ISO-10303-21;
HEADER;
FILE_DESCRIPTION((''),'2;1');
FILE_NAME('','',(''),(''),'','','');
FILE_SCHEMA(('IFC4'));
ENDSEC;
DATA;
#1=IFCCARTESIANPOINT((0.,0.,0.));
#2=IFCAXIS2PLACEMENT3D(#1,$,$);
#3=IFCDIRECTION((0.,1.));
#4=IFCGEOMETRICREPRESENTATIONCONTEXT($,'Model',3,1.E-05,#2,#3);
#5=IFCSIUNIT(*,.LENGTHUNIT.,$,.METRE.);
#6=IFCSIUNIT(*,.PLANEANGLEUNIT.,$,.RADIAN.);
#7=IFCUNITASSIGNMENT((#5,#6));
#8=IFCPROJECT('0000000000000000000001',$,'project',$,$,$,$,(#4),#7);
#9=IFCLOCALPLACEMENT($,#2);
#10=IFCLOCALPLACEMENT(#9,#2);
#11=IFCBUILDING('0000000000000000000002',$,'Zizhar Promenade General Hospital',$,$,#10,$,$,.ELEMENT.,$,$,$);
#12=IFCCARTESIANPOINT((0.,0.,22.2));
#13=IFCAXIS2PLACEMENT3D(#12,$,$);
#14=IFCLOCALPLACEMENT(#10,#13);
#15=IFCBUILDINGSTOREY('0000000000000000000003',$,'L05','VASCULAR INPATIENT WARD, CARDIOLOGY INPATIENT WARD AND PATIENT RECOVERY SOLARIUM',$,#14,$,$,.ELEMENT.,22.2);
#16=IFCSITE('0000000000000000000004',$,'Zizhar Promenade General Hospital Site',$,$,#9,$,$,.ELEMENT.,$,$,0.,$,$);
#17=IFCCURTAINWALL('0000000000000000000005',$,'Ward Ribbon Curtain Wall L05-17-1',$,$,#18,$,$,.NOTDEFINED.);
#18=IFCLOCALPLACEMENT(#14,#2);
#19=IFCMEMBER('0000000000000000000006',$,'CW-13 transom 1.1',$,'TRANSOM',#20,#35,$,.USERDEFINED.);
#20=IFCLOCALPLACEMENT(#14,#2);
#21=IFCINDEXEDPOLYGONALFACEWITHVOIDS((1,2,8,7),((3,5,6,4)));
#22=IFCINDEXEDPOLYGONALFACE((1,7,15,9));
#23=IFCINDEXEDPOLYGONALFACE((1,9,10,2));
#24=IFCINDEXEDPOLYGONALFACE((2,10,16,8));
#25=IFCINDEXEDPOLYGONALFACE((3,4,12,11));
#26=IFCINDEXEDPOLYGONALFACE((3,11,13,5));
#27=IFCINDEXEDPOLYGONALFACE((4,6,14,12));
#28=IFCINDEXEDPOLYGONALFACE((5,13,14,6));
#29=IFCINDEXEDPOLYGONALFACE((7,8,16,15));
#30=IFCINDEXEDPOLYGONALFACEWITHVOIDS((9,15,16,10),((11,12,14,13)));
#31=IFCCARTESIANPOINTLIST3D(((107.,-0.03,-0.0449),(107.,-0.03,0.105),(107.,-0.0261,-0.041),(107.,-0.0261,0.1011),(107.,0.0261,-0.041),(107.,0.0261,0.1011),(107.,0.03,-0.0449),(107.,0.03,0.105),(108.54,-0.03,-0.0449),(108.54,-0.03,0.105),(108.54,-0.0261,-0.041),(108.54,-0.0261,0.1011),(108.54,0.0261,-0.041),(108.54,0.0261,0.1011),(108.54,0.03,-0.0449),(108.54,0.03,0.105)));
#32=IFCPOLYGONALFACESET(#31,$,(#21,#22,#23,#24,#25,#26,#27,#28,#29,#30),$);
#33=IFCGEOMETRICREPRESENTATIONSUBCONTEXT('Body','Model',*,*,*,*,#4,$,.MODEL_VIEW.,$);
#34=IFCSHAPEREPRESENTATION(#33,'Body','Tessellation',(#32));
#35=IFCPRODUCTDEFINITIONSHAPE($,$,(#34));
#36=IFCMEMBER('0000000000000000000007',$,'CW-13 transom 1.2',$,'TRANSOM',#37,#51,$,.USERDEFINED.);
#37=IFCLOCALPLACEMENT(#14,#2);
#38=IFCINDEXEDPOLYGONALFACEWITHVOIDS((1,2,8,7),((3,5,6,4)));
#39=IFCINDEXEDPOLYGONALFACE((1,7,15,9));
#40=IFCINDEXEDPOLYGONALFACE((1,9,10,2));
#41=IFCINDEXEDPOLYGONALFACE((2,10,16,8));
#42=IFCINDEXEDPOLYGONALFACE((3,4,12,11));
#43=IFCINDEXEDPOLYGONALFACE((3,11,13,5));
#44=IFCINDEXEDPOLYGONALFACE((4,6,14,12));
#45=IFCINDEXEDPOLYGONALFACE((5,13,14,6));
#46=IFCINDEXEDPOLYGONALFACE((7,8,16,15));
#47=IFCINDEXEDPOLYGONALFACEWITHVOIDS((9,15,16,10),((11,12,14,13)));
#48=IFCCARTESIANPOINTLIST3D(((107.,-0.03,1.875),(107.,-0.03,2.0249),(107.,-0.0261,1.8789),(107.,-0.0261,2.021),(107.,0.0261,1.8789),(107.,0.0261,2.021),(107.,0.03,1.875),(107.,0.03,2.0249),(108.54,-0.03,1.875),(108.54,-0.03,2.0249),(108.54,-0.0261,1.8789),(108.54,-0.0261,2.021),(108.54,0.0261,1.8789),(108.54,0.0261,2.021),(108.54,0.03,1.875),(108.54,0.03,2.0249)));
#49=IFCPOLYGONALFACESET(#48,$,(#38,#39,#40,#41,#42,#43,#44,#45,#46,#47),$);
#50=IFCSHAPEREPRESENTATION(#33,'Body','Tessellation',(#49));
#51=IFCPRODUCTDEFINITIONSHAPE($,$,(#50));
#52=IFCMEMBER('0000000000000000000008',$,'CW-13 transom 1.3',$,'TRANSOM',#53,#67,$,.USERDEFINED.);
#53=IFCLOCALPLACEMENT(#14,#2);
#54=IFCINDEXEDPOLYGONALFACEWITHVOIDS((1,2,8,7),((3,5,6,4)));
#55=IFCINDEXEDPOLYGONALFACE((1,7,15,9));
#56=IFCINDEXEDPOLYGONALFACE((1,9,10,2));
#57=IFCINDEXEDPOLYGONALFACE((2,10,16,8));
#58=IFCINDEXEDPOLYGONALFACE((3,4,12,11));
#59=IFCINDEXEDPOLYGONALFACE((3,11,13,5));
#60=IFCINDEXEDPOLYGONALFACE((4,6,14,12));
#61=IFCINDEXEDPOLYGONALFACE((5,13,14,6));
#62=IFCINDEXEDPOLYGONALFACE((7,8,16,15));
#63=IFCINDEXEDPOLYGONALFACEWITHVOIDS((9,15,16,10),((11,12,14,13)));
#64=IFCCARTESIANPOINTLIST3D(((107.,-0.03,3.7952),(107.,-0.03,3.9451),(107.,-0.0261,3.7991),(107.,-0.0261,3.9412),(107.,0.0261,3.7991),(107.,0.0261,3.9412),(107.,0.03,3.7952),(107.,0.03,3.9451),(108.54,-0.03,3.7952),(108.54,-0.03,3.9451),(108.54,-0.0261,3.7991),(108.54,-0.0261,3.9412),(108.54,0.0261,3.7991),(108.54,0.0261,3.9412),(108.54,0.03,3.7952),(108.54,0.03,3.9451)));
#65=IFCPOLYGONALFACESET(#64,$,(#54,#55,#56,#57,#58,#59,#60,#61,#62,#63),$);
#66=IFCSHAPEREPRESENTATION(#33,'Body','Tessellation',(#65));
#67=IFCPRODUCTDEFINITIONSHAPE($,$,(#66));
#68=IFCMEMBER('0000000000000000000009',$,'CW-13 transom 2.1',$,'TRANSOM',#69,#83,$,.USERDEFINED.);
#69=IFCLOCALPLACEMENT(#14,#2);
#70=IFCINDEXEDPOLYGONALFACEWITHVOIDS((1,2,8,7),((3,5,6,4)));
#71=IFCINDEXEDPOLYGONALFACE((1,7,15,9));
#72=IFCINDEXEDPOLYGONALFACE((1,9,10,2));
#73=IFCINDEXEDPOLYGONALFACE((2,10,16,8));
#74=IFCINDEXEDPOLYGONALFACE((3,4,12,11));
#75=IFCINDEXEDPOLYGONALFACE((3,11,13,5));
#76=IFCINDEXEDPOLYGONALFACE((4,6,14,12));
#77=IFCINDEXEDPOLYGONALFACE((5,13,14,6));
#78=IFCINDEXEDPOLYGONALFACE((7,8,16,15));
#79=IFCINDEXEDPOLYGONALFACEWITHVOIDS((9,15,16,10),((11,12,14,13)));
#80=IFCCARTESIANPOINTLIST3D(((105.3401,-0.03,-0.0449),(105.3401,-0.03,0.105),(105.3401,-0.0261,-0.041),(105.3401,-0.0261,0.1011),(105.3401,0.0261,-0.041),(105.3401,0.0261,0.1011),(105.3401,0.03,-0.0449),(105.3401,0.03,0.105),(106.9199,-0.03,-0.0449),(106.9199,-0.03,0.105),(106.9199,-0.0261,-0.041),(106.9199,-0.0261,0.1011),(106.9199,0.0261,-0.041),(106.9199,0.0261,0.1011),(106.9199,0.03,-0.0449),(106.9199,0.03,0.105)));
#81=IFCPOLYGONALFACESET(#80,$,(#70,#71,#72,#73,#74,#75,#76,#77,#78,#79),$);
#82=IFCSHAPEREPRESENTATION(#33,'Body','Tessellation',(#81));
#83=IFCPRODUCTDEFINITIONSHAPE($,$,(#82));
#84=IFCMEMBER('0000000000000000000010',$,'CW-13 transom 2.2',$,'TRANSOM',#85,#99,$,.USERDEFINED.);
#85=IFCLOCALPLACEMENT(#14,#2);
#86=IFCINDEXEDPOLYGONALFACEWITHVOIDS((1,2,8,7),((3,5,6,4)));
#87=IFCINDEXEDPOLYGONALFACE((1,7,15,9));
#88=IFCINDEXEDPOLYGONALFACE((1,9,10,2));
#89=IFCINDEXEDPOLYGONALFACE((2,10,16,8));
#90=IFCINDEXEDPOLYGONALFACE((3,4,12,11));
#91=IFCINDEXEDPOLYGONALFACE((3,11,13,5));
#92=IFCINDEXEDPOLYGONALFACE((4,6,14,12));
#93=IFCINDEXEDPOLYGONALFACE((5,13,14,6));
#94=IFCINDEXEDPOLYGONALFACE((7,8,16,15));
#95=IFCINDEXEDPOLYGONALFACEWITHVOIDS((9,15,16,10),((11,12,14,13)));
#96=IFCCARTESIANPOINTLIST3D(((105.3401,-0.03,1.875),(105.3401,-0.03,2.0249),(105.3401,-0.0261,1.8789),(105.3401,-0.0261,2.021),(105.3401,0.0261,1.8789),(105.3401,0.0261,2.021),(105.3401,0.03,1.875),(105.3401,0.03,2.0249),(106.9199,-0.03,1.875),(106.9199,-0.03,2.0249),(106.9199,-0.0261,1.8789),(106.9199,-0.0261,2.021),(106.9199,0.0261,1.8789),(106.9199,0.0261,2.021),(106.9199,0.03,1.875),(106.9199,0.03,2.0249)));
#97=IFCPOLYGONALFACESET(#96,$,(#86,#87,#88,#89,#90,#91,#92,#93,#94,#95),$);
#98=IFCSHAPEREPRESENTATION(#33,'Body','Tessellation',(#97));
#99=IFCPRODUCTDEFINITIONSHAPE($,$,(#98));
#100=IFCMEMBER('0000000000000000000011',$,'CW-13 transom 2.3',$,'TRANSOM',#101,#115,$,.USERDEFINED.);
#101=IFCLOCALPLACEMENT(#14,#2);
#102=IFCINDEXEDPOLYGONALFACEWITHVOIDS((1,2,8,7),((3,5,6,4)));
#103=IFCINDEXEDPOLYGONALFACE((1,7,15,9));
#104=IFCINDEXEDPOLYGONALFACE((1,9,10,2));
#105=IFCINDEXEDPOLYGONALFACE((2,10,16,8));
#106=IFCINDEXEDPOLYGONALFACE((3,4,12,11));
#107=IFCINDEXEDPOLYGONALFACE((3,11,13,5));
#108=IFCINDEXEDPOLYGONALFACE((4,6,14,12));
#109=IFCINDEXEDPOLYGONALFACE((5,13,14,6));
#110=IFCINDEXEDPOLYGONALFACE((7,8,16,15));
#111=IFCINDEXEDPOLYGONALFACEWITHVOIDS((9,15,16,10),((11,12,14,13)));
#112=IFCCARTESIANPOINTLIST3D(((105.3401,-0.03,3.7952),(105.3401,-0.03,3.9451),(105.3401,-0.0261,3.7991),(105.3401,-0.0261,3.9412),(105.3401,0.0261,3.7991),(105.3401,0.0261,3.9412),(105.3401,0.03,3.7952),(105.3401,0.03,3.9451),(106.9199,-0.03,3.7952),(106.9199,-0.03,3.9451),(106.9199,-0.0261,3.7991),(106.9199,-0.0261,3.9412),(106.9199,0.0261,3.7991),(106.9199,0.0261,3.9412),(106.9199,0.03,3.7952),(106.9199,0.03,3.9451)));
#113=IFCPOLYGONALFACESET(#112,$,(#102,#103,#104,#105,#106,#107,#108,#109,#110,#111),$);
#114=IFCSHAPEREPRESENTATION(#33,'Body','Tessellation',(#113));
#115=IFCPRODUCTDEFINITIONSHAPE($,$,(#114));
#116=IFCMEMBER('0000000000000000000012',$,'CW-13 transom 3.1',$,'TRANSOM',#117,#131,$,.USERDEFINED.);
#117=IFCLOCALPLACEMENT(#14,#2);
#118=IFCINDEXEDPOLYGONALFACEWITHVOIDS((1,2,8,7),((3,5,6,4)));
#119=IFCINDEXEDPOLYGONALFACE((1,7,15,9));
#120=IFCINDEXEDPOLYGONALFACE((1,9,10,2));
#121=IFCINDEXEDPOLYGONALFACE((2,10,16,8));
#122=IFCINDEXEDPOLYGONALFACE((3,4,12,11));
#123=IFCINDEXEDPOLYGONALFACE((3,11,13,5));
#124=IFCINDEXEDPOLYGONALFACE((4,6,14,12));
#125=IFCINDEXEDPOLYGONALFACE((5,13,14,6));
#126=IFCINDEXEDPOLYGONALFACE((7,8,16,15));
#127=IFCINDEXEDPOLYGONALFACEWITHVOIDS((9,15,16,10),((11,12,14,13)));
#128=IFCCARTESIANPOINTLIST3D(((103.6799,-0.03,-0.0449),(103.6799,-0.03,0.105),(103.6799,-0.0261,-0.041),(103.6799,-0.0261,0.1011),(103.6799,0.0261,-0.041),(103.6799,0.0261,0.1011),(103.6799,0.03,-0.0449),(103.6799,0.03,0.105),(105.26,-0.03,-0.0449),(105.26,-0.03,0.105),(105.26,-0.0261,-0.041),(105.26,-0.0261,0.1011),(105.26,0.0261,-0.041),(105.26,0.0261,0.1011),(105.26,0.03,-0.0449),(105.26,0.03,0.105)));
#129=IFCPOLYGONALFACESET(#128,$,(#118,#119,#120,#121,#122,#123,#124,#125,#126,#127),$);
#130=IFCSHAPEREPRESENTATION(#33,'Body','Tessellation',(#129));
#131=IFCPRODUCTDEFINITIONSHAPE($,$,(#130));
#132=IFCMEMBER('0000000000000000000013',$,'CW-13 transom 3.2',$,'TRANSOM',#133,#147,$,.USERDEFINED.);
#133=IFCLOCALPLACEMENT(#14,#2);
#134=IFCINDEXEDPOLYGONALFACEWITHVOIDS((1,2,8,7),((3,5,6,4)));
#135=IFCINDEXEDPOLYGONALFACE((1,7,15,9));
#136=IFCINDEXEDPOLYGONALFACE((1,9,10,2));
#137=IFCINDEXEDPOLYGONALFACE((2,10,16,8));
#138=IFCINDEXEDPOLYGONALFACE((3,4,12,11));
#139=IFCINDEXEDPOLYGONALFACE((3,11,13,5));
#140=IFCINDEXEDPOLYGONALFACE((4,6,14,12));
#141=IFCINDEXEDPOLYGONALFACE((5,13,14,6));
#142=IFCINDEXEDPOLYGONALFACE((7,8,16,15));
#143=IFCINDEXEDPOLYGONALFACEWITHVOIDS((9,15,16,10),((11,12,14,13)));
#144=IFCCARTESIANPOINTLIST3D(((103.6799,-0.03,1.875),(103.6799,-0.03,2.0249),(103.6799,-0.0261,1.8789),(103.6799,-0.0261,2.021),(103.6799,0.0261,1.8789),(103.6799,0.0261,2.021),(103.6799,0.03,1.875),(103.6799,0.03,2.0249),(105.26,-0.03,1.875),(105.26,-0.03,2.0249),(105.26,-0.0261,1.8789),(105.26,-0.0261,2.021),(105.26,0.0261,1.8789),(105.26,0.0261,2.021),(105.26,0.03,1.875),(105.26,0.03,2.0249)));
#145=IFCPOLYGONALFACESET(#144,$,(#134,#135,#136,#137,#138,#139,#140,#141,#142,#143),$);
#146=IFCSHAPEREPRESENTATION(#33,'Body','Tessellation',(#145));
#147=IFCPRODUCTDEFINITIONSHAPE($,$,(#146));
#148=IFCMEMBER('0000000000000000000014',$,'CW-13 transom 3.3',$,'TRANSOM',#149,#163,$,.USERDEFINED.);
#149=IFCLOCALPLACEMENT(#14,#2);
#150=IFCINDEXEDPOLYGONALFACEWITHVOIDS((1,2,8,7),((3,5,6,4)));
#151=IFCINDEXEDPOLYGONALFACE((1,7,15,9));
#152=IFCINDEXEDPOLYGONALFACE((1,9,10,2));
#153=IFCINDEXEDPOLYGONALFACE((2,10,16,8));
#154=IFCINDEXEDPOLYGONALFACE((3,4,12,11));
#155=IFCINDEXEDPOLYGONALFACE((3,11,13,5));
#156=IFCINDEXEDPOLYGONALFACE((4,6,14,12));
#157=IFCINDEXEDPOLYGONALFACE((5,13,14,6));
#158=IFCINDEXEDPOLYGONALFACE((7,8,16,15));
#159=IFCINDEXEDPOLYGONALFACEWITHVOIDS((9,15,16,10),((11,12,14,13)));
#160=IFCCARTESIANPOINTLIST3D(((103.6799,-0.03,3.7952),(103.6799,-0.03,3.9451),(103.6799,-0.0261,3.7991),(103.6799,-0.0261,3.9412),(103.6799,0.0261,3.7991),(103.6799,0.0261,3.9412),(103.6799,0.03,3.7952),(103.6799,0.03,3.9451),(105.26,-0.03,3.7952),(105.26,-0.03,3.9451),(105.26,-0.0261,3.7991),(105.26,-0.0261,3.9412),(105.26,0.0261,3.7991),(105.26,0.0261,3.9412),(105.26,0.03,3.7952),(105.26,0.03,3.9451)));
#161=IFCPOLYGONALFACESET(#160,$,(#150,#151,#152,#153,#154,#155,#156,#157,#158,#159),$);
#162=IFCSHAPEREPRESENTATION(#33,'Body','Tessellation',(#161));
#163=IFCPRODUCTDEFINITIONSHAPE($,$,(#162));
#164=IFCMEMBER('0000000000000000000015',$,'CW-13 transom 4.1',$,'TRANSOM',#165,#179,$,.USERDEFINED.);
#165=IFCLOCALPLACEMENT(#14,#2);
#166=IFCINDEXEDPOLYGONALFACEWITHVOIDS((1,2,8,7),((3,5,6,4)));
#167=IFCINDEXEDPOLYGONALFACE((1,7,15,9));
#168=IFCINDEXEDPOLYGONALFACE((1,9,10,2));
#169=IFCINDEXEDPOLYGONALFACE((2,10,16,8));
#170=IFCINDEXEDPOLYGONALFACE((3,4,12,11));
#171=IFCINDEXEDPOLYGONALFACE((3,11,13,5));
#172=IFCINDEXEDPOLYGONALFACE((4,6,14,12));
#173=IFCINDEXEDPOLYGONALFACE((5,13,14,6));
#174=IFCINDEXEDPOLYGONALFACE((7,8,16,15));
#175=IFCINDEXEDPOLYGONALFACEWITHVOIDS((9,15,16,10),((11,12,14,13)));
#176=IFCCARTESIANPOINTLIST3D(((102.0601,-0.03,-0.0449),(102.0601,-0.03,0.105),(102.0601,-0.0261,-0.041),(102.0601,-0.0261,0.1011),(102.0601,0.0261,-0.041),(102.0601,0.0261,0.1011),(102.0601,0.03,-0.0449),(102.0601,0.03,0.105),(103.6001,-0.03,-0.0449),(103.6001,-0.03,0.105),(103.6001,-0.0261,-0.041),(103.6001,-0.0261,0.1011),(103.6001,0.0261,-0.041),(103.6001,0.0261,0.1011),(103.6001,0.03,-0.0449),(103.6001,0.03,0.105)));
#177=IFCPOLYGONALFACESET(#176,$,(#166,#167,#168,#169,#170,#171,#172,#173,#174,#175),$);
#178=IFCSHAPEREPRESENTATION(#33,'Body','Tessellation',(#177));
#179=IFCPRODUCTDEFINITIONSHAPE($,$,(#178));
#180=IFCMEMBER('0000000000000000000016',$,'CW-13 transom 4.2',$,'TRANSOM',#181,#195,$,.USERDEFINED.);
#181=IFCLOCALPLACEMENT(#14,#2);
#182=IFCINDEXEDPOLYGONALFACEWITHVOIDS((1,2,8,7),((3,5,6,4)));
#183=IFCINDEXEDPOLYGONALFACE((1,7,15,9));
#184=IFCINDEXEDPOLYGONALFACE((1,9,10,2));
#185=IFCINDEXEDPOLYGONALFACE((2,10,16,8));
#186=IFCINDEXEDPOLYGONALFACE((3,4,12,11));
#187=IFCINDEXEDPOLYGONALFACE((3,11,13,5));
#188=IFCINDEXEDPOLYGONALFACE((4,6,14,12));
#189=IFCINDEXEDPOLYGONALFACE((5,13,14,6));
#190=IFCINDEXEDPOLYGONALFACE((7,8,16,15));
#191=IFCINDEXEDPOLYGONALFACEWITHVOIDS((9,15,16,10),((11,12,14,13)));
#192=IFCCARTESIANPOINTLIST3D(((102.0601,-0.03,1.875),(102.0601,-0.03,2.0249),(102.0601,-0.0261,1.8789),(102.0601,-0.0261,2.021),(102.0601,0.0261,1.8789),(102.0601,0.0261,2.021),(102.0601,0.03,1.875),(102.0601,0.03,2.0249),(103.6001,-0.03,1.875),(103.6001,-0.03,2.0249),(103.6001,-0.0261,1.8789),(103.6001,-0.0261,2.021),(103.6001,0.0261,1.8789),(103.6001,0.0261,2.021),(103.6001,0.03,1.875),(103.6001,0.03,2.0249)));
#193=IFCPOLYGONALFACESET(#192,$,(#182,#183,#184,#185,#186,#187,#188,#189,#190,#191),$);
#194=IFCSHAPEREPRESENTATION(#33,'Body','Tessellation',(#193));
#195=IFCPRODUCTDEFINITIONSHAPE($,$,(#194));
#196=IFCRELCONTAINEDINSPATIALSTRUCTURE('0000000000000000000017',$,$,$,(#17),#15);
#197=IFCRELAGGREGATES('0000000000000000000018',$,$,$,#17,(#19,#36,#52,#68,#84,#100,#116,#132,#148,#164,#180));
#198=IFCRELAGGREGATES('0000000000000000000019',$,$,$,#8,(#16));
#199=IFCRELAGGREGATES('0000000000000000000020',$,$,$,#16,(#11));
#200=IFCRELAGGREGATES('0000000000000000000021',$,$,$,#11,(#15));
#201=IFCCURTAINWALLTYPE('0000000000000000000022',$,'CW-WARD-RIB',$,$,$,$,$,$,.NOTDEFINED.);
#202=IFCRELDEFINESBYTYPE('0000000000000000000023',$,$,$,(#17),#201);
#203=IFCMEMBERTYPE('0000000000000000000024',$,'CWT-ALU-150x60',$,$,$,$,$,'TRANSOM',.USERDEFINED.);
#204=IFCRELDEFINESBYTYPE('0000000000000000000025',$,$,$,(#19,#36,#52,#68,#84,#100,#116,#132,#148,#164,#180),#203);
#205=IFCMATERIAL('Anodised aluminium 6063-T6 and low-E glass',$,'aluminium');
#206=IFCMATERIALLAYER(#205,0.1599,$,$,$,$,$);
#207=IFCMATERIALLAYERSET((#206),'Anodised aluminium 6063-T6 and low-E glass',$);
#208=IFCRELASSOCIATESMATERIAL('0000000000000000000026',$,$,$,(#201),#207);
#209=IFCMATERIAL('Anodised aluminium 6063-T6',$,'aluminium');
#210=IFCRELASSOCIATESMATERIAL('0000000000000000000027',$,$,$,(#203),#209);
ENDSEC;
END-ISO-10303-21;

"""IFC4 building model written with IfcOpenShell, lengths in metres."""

from ifc_helpers import new_model, si_unit, direction, frame, origin, origin_2d, place, context, subcontext, project, spatial, hollow_rectangle, extrude, material, layer, layer_set, material_profile, profile_set, type_object, element, aggregate, save


model = new_model("IFC4")

# Units and contexts
model_context = context("Model", 3, precision=1e-05, world=origin(), true_north=direction((0.0, 1.0)))
body_context = subcontext(model_context, "Body", "Model", "MODEL_VIEW")
ifc_project = project(units=[si_unit("LENGTHUNIT", "METRE"), si_unit("PLANEANGLEUNIT", "RADIAN")], contexts=[model_context])

# Site, building, storey
site_placement = place(None, origin())
site = spatial("IfcSite", under=ifc_project, at=site_placement, Name="Zizhar Promenade General Hospital Site", CompositionType="ELEMENT", RefElevation=0.0)
building_placement = place(site_placement, origin())
building = spatial("IfcBuilding", under=site, at=building_placement, Name="Zizhar Promenade General Hospital", CompositionType="ELEMENT")
storey_placement = place(building_placement, frame((0.0, 0.0, 22.2)))
storey = spatial("IfcBuildingStorey", under=building, at=storey_placement, Name="L05", Description="VASCULAR INPATIENT WARD, CARDIOLOGY INPATIENT WARD AND PATIENT RECOVERY SOLARIUM", CompositionType="ELEMENT", Elevation=22.2)

# Curtain wall, members
ifc_material_1 = material(Name="Anodised aluminium 6063-T6 and low-E glass", Category="aluminium")
ifc_layer_1 = layer(ifc_material_1, 0.1599)
ifc_layer_set_1 = layer_set([ifc_layer_1], Name="Anodised aluminium 6063-T6 and low-E glass")
curtain_wall_type = type_object("IfcCurtainWallType", Name="CW-WARD-RIB", PredefinedType="NOTDEFINED", material=ifc_layer_set_1)
curtain_wall_placement = place(storey_placement, origin())
curtain_wall = element("IfcCurtainWall", 1, at=curtain_wall_placement, inside=storey, type_object=curtain_wall_type, Name="Ward Ribbon Curtain Wall L05-17-1", PredefinedType="NOTDEFINED")
ifc_material_2 = material(Name="Anodised aluminium 6063-T6", Category="aluminium")
ifc_material_profile_1 = material_profile(ifc_material_2, hollow_rectangle(XDim=0.0601, YDim=0.1499, WallThickness=0.0039, at=origin_2d()))
ifc_profile_set_1 = profile_set([ifc_material_profile_1], Name="Anodised aluminium 6063-T6")
member_type_1 = type_object("IfcMemberType", Name="CWT-ALU-150x60", ElementType="TRANSOM", PredefinedType="USERDEFINED", material=ifc_profile_set_1)
member_1_placement = place(storey_placement, frame((108.54, 0.0, 0.03), z_axis=(-1.0, 0.0, 0.0), x_axis=(0.0, -1.0, 0.0)))
member_1 = element("IfcMember", 2, at=member_1_placement, type_object=member_type_1, Name="CW-13 transom 1.1", ObjectType="TRANSOM", PredefinedType="USERDEFINED", context=body_context, shape_type="SweptSolid", body=[
    extrude(hollow_rectangle(XDim=0.0601, YDim=0.1499, WallThickness=0.0039, at=origin_2d()), origin(), (0.0, 0.0, 1.0), 1.54),
])
member_2_placement = place(storey_placement, frame((108.54, 0.0, 1.95), z_axis=(-1.0, 0.0, 0.0), x_axis=(0.0, -1.0, 0.0)))
member_2 = element("IfcMember", 3, at=member_2_placement, type_object=member_type_1, Name="CW-13 transom 1.2", ObjectType="TRANSOM", PredefinedType="USERDEFINED", context=body_context, shape_type="SweptSolid", body=[
    extrude(hollow_rectangle(XDim=0.0601, YDim=0.1499, WallThickness=0.0039, at=origin_2d()), origin(), (0.0, 0.0, 1.0), 1.54),
])
member_3_placement = place(storey_placement, frame((108.54, 0.0, 3.8701), z_axis=(-1.0, 0.0, 0.0), x_axis=(0.0, -1.0, 0.0)))
member_3 = element("IfcMember", 4, at=member_3_placement, type_object=member_type_1, Name="CW-13 transom 1.3", ObjectType="TRANSOM", PredefinedType="USERDEFINED", context=body_context, shape_type="SweptSolid", body=[
    extrude(hollow_rectangle(XDim=0.0601, YDim=0.1499, WallThickness=0.0039, at=origin_2d()), origin(), (0.0, 0.0, 1.0), 1.54),
])
member_4_placement = place(storey_placement, frame((106.9199, 0.0, 0.03), z_axis=(-1.0, 0.0, 0.0), x_axis=(0.0, -1.0, 0.0)))
member_4 = element("IfcMember", 5, at=member_4_placement, type_object=member_type_1, Name="CW-13 transom 2.1", ObjectType="TRANSOM", PredefinedType="USERDEFINED", context=body_context, shape_type="SweptSolid", body=[
    extrude(hollow_rectangle(XDim=0.0601, YDim=0.1499, WallThickness=0.0039, at=origin_2d()), origin(), (0.0, 0.0, 1.0), 1.5798),
])
member_5_placement = place(storey_placement, frame((106.9199, 0.0, 1.95), z_axis=(-1.0, 0.0, 0.0), x_axis=(0.0, -1.0, 0.0)))
member_5 = element("IfcMember", 6, at=member_5_placement, type_object=member_type_1, Name="CW-13 transom 2.2", ObjectType="TRANSOM", PredefinedType="USERDEFINED", context=body_context, shape_type="SweptSolid", body=[
    extrude(hollow_rectangle(XDim=0.0601, YDim=0.1499, WallThickness=0.0039, at=origin_2d()), origin(), (0.0, 0.0, 1.0), 1.5798),
])
member_6_placement = place(storey_placement, frame((106.9199, 0.0, 3.8701), z_axis=(-1.0, 0.0, 0.0), x_axis=(0.0, -1.0, 0.0)))
member_6 = element("IfcMember", 7, at=member_6_placement, type_object=member_type_1, Name="CW-13 transom 2.3", ObjectType="TRANSOM", PredefinedType="USERDEFINED", context=body_context, shape_type="SweptSolid", body=[
    extrude(hollow_rectangle(XDim=0.0601, YDim=0.1499, WallThickness=0.0039, at=origin_2d()), origin(), (0.0, 0.0, 1.0), 1.5798),
])
member_7_placement = place(storey_placement, frame((105.26, 0.0, 0.03), z_axis=(-1.0, 0.0, 0.0), x_axis=(0.0, -1.0, 0.0)))
member_7 = element("IfcMember", 8, at=member_7_placement, type_object=member_type_1, Name="CW-13 transom 3.1", ObjectType="TRANSOM", PredefinedType="USERDEFINED", context=body_context, shape_type="SweptSolid", body=[
    extrude(hollow_rectangle(XDim=0.0601, YDim=0.1499, WallThickness=0.0039, at=origin_2d()), origin(), (0.0, 0.0, 1.0), 1.5801),
])
member_8_placement = place(storey_placement, frame((105.26, 0.0, 1.95), z_axis=(-1.0, 0.0, 0.0), x_axis=(0.0, -1.0, 0.0)))
member_8 = element("IfcMember", 9, at=member_8_placement, type_object=member_type_1, Name="CW-13 transom 3.2", ObjectType="TRANSOM", PredefinedType="USERDEFINED", context=body_context, shape_type="SweptSolid", body=[
    extrude(hollow_rectangle(XDim=0.0601, YDim=0.1499, WallThickness=0.0039, at=origin_2d()), origin(), (0.0, 0.0, 1.0), 1.5801),
])
member_9_placement = place(storey_placement, frame((105.26, 0.0, 3.8701), z_axis=(-1.0, 0.0, 0.0), x_axis=(0.0, -1.0, 0.0)))
member_9 = element("IfcMember", 10, at=member_9_placement, type_object=member_type_1, Name="CW-13 transom 3.3", ObjectType="TRANSOM", PredefinedType="USERDEFINED", context=body_context, shape_type="SweptSolid", body=[
    extrude(hollow_rectangle(XDim=0.0601, YDim=0.1499, WallThickness=0.0039, at=origin_2d()), origin(), (0.0, 0.0, 1.0), 1.5801),
])
member_10_placement = place(storey_placement, frame((103.6001, 0.0, 0.03), z_axis=(-1.0, 0.0, 0.0), x_axis=(0.0, -1.0, 0.0)))
member_10 = element("IfcMember", 11, at=member_10_placement, type_object=member_type_1, Name="CW-13 transom 4.1", ObjectType="TRANSOM", PredefinedType="USERDEFINED", context=body_context, shape_type="SweptSolid", body=[
    extrude(hollow_rectangle(XDim=0.0601, YDim=0.1499, WallThickness=0.0039, at=origin_2d()), origin(), (0.0, 0.0, 1.0), 1.54),
])
member_11_placement = place(storey_placement, frame((103.6001, 0.0, 1.95), z_axis=(-1.0, 0.0, 0.0), x_axis=(0.0, -1.0, 0.0)))
member_11 = element("IfcMember", 12, at=member_11_placement, type_object=member_type_1, Name="CW-13 transom 4.2", ObjectType="TRANSOM", PredefinedType="USERDEFINED", context=body_context, shape_type="SweptSolid", body=[
    extrude(hollow_rectangle(XDim=0.0601, YDim=0.1499, WallThickness=0.0039, at=origin_2d()), origin(), (0.0, 0.0, 1.0), 1.54),
])
aggregate(curtain_wall, [member_1, member_2, member_3, member_4, member_5, member_6, member_7, member_8, member_9, member_10, member_11])

save(model, "model.ifc")
